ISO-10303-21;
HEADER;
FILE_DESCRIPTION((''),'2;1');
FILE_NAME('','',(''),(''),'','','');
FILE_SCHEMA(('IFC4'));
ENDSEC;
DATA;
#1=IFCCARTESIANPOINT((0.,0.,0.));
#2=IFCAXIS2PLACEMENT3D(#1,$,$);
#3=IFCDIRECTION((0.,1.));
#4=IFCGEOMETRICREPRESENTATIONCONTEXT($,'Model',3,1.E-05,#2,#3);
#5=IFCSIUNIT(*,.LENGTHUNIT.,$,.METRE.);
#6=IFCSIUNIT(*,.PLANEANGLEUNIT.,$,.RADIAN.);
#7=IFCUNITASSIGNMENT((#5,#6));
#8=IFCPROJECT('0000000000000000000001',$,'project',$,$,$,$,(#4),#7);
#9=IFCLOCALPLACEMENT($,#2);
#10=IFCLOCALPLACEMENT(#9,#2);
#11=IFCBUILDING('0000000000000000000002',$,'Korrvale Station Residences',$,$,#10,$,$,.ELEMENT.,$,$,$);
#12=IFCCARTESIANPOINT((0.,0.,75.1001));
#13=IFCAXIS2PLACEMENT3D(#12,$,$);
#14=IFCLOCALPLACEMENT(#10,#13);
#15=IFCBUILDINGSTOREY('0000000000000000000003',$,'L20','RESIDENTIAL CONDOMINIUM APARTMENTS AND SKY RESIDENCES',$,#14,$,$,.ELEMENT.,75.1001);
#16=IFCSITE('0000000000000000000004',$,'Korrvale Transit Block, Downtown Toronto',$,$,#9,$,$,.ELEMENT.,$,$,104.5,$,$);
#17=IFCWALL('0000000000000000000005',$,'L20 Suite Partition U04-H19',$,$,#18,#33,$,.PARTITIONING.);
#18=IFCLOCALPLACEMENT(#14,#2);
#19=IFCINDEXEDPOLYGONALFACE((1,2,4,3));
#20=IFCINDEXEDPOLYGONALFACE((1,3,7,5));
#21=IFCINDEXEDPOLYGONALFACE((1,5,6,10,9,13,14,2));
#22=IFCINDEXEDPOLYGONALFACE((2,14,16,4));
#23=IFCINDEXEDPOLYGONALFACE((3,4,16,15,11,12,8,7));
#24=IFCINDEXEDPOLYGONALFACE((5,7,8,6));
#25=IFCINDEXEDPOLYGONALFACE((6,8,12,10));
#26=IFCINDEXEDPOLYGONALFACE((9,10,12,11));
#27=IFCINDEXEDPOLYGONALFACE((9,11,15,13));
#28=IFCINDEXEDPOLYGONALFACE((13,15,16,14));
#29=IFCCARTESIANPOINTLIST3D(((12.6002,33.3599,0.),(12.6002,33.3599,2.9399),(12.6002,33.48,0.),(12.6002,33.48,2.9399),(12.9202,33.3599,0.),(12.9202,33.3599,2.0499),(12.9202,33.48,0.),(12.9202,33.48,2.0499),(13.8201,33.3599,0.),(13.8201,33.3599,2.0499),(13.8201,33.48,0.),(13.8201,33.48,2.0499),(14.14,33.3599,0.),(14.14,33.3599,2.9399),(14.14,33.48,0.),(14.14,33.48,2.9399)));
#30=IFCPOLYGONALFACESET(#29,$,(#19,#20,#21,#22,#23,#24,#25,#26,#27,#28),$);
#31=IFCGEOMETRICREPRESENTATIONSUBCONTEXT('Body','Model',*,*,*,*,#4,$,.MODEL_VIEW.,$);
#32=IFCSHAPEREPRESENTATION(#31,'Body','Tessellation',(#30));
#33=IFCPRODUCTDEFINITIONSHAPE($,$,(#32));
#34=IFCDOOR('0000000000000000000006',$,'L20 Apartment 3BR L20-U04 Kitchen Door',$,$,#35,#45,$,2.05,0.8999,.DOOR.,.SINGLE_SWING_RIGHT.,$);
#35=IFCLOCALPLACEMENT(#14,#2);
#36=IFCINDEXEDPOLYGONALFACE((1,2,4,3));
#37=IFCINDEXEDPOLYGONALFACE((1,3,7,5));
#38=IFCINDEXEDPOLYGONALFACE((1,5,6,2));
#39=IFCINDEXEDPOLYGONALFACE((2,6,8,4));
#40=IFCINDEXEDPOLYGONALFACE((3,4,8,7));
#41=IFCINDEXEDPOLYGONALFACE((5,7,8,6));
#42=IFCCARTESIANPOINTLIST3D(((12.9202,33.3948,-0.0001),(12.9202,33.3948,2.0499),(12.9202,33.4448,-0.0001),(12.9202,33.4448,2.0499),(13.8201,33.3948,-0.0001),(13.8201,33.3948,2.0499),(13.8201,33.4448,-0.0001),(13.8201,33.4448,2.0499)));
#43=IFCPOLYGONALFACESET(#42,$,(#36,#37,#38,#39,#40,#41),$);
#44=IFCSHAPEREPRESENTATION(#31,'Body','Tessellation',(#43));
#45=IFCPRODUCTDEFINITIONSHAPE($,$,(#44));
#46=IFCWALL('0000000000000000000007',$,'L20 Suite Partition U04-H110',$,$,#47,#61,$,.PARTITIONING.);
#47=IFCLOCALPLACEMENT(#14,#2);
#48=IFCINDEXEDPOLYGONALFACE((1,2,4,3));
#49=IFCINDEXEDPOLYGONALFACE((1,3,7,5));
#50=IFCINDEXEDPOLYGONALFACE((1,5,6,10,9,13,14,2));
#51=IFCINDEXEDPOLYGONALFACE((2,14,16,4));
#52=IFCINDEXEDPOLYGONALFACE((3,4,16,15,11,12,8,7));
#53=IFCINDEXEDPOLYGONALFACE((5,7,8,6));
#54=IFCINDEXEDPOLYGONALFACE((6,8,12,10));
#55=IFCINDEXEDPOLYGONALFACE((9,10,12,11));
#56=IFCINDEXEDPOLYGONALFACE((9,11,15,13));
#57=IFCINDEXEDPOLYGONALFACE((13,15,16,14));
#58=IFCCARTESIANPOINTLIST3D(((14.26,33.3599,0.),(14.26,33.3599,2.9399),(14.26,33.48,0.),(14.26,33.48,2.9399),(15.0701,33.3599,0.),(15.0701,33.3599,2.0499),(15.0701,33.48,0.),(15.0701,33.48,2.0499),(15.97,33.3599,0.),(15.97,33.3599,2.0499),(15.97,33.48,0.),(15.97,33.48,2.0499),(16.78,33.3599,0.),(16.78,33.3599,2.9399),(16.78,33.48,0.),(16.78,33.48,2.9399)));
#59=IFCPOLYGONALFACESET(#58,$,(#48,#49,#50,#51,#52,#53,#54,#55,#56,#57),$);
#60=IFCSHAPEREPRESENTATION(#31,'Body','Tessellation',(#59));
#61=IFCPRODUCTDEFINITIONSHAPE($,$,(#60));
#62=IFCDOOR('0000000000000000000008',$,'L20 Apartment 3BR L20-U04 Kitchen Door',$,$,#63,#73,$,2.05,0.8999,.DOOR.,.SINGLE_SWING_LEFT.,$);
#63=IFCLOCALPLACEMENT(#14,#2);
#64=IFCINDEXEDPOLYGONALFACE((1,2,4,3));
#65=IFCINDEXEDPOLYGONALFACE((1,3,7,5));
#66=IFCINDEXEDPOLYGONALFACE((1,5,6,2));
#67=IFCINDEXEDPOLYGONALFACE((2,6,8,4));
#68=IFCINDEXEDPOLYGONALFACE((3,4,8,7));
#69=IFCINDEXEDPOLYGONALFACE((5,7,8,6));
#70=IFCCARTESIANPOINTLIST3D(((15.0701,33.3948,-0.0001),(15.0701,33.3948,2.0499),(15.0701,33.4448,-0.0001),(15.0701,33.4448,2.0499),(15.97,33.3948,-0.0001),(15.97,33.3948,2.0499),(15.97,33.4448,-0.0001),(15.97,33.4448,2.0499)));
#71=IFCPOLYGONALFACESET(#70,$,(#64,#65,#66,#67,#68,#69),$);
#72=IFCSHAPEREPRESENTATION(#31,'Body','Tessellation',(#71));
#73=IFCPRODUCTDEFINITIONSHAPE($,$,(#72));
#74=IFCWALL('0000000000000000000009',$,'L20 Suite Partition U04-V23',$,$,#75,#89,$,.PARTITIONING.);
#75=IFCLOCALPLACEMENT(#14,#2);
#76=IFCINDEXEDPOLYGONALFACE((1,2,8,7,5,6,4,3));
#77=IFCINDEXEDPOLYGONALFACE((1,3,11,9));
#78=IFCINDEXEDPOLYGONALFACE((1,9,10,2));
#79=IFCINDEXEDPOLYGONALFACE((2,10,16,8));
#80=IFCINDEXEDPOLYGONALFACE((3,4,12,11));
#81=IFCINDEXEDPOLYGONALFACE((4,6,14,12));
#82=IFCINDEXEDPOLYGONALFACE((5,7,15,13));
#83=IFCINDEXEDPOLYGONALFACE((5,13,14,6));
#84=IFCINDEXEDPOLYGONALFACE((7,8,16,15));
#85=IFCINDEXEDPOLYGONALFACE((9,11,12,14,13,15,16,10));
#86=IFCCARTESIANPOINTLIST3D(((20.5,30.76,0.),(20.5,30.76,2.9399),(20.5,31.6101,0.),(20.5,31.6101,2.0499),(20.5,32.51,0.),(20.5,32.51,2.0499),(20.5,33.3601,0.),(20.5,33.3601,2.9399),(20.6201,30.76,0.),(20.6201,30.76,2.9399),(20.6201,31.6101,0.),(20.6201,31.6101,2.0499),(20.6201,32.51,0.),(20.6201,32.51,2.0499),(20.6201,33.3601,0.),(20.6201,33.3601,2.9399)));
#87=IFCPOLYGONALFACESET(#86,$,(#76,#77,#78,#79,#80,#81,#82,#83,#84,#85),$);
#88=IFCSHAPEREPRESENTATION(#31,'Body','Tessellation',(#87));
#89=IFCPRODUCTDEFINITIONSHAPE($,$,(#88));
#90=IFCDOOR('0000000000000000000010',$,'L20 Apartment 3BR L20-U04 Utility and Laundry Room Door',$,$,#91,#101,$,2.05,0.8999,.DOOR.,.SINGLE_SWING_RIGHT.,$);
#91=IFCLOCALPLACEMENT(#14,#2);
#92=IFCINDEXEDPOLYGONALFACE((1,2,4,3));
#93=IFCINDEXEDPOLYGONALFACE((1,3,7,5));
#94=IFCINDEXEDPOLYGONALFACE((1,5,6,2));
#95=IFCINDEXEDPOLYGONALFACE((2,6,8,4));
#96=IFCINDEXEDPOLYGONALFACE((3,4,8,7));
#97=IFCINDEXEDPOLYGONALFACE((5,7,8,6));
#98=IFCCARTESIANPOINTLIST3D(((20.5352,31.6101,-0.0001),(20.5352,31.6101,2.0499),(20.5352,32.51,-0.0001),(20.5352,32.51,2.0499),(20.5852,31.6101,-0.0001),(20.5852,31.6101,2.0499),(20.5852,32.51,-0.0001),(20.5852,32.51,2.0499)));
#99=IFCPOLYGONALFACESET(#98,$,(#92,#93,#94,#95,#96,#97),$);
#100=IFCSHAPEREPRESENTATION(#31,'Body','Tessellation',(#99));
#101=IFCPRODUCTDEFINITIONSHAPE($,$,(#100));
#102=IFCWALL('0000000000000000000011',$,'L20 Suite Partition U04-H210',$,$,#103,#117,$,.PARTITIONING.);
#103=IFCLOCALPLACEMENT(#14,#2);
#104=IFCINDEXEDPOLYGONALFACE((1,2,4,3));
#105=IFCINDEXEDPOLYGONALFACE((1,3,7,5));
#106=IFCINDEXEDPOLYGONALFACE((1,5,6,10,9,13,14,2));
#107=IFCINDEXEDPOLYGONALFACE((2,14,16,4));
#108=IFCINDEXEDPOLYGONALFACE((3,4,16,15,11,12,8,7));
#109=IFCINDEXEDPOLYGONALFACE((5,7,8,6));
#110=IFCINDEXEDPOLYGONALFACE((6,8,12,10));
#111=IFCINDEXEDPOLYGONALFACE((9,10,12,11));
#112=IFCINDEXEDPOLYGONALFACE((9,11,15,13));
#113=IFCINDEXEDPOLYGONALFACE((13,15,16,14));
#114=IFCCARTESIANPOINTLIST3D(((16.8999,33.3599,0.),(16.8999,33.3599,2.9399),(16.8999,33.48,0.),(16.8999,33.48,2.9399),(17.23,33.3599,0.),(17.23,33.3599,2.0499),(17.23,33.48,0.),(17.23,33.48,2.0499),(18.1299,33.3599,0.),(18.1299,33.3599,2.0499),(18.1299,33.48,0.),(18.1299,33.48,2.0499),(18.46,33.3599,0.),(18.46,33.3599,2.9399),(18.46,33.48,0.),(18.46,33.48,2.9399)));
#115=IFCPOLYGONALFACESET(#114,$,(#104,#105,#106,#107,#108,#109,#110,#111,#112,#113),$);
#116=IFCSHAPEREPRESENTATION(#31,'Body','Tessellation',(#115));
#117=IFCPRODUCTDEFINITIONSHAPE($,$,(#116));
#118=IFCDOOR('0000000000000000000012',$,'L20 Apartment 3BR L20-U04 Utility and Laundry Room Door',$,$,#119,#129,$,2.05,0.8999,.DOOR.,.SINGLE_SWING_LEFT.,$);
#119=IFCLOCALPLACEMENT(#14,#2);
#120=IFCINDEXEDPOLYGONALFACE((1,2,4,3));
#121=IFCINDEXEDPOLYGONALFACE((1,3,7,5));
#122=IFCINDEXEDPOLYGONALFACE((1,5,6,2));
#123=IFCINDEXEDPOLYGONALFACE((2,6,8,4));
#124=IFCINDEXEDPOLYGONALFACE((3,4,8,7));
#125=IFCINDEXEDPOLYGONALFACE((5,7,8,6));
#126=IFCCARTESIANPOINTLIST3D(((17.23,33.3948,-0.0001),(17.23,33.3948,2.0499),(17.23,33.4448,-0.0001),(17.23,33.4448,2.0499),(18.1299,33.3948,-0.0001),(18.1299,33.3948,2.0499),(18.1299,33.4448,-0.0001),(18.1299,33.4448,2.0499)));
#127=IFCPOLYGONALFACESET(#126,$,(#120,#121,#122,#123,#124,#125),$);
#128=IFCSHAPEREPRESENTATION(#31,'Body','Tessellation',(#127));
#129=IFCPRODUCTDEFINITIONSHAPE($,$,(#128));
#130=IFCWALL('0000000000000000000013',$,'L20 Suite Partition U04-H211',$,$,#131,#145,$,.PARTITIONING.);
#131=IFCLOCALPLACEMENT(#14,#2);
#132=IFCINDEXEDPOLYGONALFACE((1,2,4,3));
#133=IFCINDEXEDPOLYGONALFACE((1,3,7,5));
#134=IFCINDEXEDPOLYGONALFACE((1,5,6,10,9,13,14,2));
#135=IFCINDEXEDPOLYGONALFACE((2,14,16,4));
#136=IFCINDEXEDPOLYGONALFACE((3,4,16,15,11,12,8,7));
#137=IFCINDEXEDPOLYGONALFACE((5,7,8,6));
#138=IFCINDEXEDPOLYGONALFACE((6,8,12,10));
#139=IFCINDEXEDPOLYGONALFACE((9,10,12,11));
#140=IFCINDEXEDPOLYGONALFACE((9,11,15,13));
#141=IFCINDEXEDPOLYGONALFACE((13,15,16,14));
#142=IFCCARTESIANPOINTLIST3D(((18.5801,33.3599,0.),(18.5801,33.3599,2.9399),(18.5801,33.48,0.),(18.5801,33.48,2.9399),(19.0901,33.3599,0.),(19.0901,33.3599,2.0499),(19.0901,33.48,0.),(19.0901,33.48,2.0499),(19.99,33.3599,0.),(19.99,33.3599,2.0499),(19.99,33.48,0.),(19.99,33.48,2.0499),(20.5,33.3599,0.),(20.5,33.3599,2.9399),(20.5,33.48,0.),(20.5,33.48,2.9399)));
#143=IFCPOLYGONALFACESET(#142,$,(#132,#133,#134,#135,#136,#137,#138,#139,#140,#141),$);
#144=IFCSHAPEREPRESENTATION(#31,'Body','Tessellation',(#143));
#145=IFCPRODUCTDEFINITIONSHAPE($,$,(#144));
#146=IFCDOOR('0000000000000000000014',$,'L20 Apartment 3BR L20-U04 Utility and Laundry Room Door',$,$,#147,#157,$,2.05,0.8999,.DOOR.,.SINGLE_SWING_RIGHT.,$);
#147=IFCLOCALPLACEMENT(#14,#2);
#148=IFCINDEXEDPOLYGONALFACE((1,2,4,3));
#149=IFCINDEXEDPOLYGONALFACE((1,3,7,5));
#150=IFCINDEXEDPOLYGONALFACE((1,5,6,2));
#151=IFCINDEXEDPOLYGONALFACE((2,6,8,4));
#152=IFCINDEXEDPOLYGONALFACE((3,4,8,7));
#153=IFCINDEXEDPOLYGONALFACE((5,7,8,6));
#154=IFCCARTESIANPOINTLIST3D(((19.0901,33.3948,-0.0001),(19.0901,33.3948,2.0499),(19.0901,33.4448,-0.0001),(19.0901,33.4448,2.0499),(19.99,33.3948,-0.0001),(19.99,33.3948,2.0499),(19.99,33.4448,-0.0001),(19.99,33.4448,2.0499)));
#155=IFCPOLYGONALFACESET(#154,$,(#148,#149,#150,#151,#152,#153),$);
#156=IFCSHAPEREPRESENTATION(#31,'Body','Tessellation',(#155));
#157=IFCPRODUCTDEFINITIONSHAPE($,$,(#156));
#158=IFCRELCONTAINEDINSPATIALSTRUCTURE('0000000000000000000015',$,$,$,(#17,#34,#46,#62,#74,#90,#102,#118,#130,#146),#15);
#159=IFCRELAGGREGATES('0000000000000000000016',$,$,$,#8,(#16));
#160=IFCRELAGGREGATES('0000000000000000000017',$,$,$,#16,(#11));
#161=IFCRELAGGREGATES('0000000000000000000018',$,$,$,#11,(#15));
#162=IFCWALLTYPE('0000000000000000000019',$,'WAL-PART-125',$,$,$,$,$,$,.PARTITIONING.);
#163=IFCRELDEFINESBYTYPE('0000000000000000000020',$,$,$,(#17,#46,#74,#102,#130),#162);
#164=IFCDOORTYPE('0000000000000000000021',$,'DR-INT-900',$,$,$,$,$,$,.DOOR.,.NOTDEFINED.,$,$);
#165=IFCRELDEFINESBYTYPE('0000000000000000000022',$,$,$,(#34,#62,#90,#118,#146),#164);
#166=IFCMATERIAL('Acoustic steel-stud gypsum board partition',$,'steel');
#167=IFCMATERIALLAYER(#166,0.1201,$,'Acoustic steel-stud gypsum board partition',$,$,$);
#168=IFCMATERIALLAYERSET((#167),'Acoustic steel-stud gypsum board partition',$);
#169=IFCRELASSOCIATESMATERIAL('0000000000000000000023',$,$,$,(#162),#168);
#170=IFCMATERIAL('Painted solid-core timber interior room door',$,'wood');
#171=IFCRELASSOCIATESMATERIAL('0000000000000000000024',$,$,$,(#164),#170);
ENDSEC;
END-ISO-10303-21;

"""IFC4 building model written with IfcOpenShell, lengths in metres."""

from ifc_helpers import new_model, si_unit, direction, frame, frame_2d, origin, place, context, subcontext, project, spatial, rectangle, extrude, material, layer, layer_set, type_object, element, fill, save


model = new_model("IFC4")

# Units and contexts
model_context = context("Model", 3, precision=1e-05, world=origin(), true_north=direction((0.0, 1.0)))
body_context = subcontext(model_context, "Body", "Model", "MODEL_VIEW")
ifc_project = project(units=[si_unit("LENGTHUNIT", "METRE"), si_unit("PLANEANGLEUNIT", "RADIAN")], contexts=[model_context])

# Site, building, storey
site_placement = place(None, origin())
site = spatial("IfcSite", under=ifc_project, at=site_placement, Name="Korrvale Transit Block, Downtown Toronto", CompositionType="ELEMENT", RefElevation=104.5)
building_placement = place(site_placement, origin())
building = spatial("IfcBuilding", under=site, at=building_placement, Name="Korrvale Station Residences", CompositionType="ELEMENT")
storey_placement = place(building_placement, frame((0.0, 0.0, 75.1001)))
storey = spatial("IfcBuildingStorey", under=building, at=storey_placement, Name="L20", Description="RESIDENTIAL CONDOMINIUM APARTMENTS AND SKY RESIDENCES", CompositionType="ELEMENT", Elevation=75.1001)

# Walls, openings, doors
ifc_material_1 = material(Name="Acoustic steel-stud gypsum board partition", Category="steel")
ifc_layer = layer(ifc_material_1, 0.1201, Name="Acoustic steel-stud gypsum board partition")
ifc_layer_set = layer_set([ifc_layer], Name="Acoustic steel-stud gypsum board partition")
wall_type = type_object("IfcWallType", Name="WAL-PART-125", PredefinedType="PARTITIONING", material=ifc_layer_set)
wall_1_placement = place(storey_placement, frame((12.6001, 33.4199, 0.0), z_axis=(0.0, 0.0, 1.0), x_axis=(1.0, 0.0, 0.0)))
wall_1 = element("IfcWall", 1, at=wall_1_placement, inside=storey, type_object=wall_type, Name="L20 Suite Partition U04-H19", PredefinedType="PARTITIONING", context=body_context, shape_type="SweptSolid", body=[
    extrude(rectangle(XDim=1.5398, YDim=0.1201, at=frame_2d((0.77, 0.0))), origin(), (0.0, 0.0, 1.0), 2.9399),
])
opening_1_placement = place(wall_1_placement, frame((0.3201, 0.0, 0.0)))
opening_1 = element("IfcOpeningElement", 2, at=opening_1_placement, cuts=wall_1, PredefinedType="OPENING", context=body_context, shape_type="SweptSolid", body=[
    extrude(rectangle(XDim=0.8999, YDim=2.05, at=frame_2d((0.45, 1.0249))), frame((0.0, 0.0701, 0.0), z_axis=(0.0, -1.0, 0.0), x_axis=(1.0, 0.0, 0.0)), (0.0, 0.0, 1.0), 0.1401),
])
ifc_material_2 = material(Name="Painted solid-core timber interior room door", Category="wood")
door_type = type_object("IfcDoorType", Name="DR-INT-900", OperationType="NOTDEFINED", PredefinedType="DOOR", material=ifc_material_2)
door_1_placement = place(opening_1_placement, origin())
door_1 = element("IfcDoor", 3, at=door_1_placement, inside=storey, type_object=door_type, Name="L20 Apartment 3BR L20-U04 Kitchen Door", OperationType="SINGLE_SWING_RIGHT", OverallHeight=2.05, OverallWidth=0.8999, PredefinedType="DOOR", context=body_context, shape_type="SweptSolid", body=[
    extrude(rectangle(XDim=0.8999, YDim=2.05, at=frame_2d((0.45, 1.0249))), frame((0.0, 0.0249, 0.0), z_axis=(0.0, -1.0, 0.0), x_axis=(1.0, 0.0, 0.0)), (0.0, 0.0, 1.0), 0.05),
])
fill(opening_1, door_1)
wall_2_placement = place(storey_placement, frame((14.26, 33.4199, 0.0), z_axis=(0.0, 0.0, 1.0), x_axis=(1.0, 0.0, 0.0)))
wall_2 = element("IfcWall", 4, at=wall_2_placement, inside=storey, type_object=wall_type, Name="L20 Suite Partition U04-H110", PredefinedType="PARTITIONING", context=body_context, shape_type="SweptSolid", body=[
    extrude(rectangle(XDim=2.52, YDim=0.1201, at=frame_2d((1.26, 0.0))), origin(), (0.0, 0.0, 1.0), 2.9399),
])
opening_2_placement = place(wall_2_placement, frame((0.8101, 0.0, 0.0)))
opening_2 = element("IfcOpeningElement", 5, at=opening_2_placement, cuts=wall_2, PredefinedType="OPENING", context=body_context, shape_type="SweptSolid", body=[
    extrude(rectangle(XDim=0.8999, YDim=2.05, at=frame_2d((0.45, 1.0249))), frame((0.0, 0.0701, 0.0), z_axis=(0.0, -1.0, 0.0), x_axis=(1.0, 0.0, 0.0)), (0.0, 0.0, 1.0), 0.1401),
])
door_2_placement = place(opening_2_placement, origin())
door_2 = element("IfcDoor", 6, at=door_2_placement, inside=storey, type_object=door_type, Name="L20 Apartment 3BR L20-U04 Kitchen Door", OperationType="SINGLE_SWING_LEFT", OverallHeight=2.05, OverallWidth=0.8999, PredefinedType="DOOR", context=body_context, shape_type="SweptSolid", body=[
    extrude(rectangle(XDim=0.8999, YDim=2.05, at=frame_2d((0.45, 1.0249))), frame((0.0, 0.0249, 0.0), z_axis=(0.0, -1.0, 0.0), x_axis=(1.0, 0.0, 0.0)), (0.0, 0.0, 1.0), 0.05),
])
fill(opening_2, door_2)
wall_3_placement = place(storey_placement, frame((20.5601, 30.76, 0.0), z_axis=(0.0, 0.0, 1.0), x_axis=(0.0, 1.0, 0.0)))
wall_3 = element("IfcWall", 7, at=wall_3_placement, inside=storey, type_object=wall_type, Name="L20 Suite Partition U04-V23", PredefinedType="PARTITIONING", context=body_context, shape_type="SweptSolid", body=[
    extrude(rectangle(XDim=2.6001, YDim=0.1201, at=frame_2d((1.3, 0.0))), origin(), (0.0, 0.0, 1.0), 2.9399),
])
opening_3_placement = place(wall_3_placement, frame((0.8501, 0.0, 0.0)))
opening_3 = element("IfcOpeningElement", 8, at=opening_3_placement, cuts=wall_3, PredefinedType="OPENING", context=body_context, shape_type="SweptSolid", body=[
    extrude(rectangle(XDim=0.8999, YDim=2.05, at=frame_2d((0.45, 1.0249))), frame((0.0, 0.0701, 0.0), z_axis=(0.0, -1.0, 0.0), x_axis=(1.0, 0.0, 0.0)), (0.0, 0.0, 1.0), 0.1401),
])
door_3_placement = place(opening_3_placement, origin())
door_3 = element("IfcDoor", 9, at=door_3_placement, inside=storey, type_object=door_type, Name="L20 Apartment 3BR L20-U04 Utility and Laundry Room Door", OperationType="SINGLE_SWING_RIGHT", OverallHeight=2.05, OverallWidth=0.8999, PredefinedType="DOOR", context=body_context, shape_type="SweptSolid", body=[
    extrude(rectangle(XDim=0.8999, YDim=2.05, at=frame_2d((0.45, 1.0249))), frame((0.0, 0.0249, 0.0), z_axis=(0.0, -1.0, 0.0), x_axis=(1.0, 0.0, 0.0)), (0.0, 0.0, 1.0), 0.05),
])
fill(opening_3, door_3)
wall_4_placement = place(storey_placement, frame((16.8999, 33.4199, 0.0), z_axis=(0.0, 0.0, 1.0), x_axis=(1.0, 0.0, 0.0)))
wall_4 = element("IfcWall", 10, at=wall_4_placement, inside=storey, type_object=wall_type, Name="L20 Suite Partition U04-H210", PredefinedType="PARTITIONING", context=body_context, shape_type="SweptSolid", body=[
    extrude(rectangle(XDim=1.5601, YDim=0.1201, at=frame_2d((0.78, 0.0))), origin(), (0.0, 0.0, 1.0), 2.9399),
])
opening_4_placement = place(wall_4_placement, frame((0.3301, 0.0, 0.0)))
opening_4 = element("IfcOpeningElement", 11, at=opening_4_placement, cuts=wall_4, PredefinedType="OPENING", context=body_context, shape_type="SweptSolid", body=[
    extrude(rectangle(XDim=0.8999, YDim=2.05, at=frame_2d((0.45, 1.0249))), frame((0.0, 0.0701, 0.0), z_axis=(0.0, -1.0, 0.0), x_axis=(1.0, 0.0, 0.0)), (0.0, 0.0, 1.0), 0.1401),
])
door_4_placement = place(opening_4_placement, origin())
door_4 = element("IfcDoor", 12, at=door_4_placement, inside=storey, type_object=door_type, Name="L20 Apartment 3BR L20-U04 Utility and Laundry Room Door", OperationType="SINGLE_SWING_LEFT", OverallHeight=2.05, OverallWidth=0.8999, PredefinedType="DOOR", context=body_context, shape_type="SweptSolid", body=[
    extrude(rectangle(XDim=0.8999, YDim=2.05, at=frame_2d((0.45, 1.0249))), frame((0.0, 0.0249, 0.0), z_axis=(0.0, -1.0, 0.0), x_axis=(1.0, 0.0, 0.0)), (0.0, 0.0, 1.0), 0.05),
])
fill(opening_4, door_4)
wall_5_placement = place(storey_placement, frame((18.5801, 33.4199, 0.0), z_axis=(0.0, 0.0, 1.0), x_axis=(1.0, 0.0, 0.0)))
wall_5 = element("IfcWall", 13, at=wall_5_placement, inside=storey, type_object=wall_type, Name="L20 Suite Partition U04-H211", PredefinedType="PARTITIONING", context=body_context, shape_type="SweptSolid", body=[
    extrude(rectangle(XDim=1.9199, YDim=0.1201, at=frame_2d((0.96, 0.0))), origin(), (0.0, 0.0, 1.0), 2.9399),
])
opening_5_placement = place(wall_5_placement, frame((0.51, 0.0, 0.0)))
opening_5 = element("IfcOpeningElement", 14, at=opening_5_placement, cuts=wall_5, PredefinedType="OPENING", context=body_context, shape_type="SweptSolid", body=[
    extrude(rectangle(XDim=0.8999, YDim=2.05, at=frame_2d((0.45, 1.0249))), frame((0.0, 0.0701, 0.0), z_axis=(0.0, -1.0, 0.0), x_axis=(1.0, 0.0, 0.0)), (0.0, 0.0, 1.0), 0.1401),
])
door_5_placement = place(opening_5_placement, origin())
door_5 = element("IfcDoor", 15, at=door_5_placement, inside=storey, type_object=door_type, Name="L20 Apartment 3BR L20-U04 Utility and Laundry Room Door", OperationType="SINGLE_SWING_RIGHT", OverallHeight=2.05, OverallWidth=0.8999, PredefinedType="DOOR", context=body_context, shape_type="SweptSolid", body=[
    extrude(rectangle(XDim=0.8999, YDim=2.05, at=frame_2d((0.45, 1.0249))), frame((0.0, 0.0249, 0.0), z_axis=(0.0, -1.0, 0.0), x_axis=(1.0, 0.0, 0.0)), (0.0, 0.0, 1.0), 0.05),
])
fill(opening_5, door_5)

save(model, "model.ifc")
